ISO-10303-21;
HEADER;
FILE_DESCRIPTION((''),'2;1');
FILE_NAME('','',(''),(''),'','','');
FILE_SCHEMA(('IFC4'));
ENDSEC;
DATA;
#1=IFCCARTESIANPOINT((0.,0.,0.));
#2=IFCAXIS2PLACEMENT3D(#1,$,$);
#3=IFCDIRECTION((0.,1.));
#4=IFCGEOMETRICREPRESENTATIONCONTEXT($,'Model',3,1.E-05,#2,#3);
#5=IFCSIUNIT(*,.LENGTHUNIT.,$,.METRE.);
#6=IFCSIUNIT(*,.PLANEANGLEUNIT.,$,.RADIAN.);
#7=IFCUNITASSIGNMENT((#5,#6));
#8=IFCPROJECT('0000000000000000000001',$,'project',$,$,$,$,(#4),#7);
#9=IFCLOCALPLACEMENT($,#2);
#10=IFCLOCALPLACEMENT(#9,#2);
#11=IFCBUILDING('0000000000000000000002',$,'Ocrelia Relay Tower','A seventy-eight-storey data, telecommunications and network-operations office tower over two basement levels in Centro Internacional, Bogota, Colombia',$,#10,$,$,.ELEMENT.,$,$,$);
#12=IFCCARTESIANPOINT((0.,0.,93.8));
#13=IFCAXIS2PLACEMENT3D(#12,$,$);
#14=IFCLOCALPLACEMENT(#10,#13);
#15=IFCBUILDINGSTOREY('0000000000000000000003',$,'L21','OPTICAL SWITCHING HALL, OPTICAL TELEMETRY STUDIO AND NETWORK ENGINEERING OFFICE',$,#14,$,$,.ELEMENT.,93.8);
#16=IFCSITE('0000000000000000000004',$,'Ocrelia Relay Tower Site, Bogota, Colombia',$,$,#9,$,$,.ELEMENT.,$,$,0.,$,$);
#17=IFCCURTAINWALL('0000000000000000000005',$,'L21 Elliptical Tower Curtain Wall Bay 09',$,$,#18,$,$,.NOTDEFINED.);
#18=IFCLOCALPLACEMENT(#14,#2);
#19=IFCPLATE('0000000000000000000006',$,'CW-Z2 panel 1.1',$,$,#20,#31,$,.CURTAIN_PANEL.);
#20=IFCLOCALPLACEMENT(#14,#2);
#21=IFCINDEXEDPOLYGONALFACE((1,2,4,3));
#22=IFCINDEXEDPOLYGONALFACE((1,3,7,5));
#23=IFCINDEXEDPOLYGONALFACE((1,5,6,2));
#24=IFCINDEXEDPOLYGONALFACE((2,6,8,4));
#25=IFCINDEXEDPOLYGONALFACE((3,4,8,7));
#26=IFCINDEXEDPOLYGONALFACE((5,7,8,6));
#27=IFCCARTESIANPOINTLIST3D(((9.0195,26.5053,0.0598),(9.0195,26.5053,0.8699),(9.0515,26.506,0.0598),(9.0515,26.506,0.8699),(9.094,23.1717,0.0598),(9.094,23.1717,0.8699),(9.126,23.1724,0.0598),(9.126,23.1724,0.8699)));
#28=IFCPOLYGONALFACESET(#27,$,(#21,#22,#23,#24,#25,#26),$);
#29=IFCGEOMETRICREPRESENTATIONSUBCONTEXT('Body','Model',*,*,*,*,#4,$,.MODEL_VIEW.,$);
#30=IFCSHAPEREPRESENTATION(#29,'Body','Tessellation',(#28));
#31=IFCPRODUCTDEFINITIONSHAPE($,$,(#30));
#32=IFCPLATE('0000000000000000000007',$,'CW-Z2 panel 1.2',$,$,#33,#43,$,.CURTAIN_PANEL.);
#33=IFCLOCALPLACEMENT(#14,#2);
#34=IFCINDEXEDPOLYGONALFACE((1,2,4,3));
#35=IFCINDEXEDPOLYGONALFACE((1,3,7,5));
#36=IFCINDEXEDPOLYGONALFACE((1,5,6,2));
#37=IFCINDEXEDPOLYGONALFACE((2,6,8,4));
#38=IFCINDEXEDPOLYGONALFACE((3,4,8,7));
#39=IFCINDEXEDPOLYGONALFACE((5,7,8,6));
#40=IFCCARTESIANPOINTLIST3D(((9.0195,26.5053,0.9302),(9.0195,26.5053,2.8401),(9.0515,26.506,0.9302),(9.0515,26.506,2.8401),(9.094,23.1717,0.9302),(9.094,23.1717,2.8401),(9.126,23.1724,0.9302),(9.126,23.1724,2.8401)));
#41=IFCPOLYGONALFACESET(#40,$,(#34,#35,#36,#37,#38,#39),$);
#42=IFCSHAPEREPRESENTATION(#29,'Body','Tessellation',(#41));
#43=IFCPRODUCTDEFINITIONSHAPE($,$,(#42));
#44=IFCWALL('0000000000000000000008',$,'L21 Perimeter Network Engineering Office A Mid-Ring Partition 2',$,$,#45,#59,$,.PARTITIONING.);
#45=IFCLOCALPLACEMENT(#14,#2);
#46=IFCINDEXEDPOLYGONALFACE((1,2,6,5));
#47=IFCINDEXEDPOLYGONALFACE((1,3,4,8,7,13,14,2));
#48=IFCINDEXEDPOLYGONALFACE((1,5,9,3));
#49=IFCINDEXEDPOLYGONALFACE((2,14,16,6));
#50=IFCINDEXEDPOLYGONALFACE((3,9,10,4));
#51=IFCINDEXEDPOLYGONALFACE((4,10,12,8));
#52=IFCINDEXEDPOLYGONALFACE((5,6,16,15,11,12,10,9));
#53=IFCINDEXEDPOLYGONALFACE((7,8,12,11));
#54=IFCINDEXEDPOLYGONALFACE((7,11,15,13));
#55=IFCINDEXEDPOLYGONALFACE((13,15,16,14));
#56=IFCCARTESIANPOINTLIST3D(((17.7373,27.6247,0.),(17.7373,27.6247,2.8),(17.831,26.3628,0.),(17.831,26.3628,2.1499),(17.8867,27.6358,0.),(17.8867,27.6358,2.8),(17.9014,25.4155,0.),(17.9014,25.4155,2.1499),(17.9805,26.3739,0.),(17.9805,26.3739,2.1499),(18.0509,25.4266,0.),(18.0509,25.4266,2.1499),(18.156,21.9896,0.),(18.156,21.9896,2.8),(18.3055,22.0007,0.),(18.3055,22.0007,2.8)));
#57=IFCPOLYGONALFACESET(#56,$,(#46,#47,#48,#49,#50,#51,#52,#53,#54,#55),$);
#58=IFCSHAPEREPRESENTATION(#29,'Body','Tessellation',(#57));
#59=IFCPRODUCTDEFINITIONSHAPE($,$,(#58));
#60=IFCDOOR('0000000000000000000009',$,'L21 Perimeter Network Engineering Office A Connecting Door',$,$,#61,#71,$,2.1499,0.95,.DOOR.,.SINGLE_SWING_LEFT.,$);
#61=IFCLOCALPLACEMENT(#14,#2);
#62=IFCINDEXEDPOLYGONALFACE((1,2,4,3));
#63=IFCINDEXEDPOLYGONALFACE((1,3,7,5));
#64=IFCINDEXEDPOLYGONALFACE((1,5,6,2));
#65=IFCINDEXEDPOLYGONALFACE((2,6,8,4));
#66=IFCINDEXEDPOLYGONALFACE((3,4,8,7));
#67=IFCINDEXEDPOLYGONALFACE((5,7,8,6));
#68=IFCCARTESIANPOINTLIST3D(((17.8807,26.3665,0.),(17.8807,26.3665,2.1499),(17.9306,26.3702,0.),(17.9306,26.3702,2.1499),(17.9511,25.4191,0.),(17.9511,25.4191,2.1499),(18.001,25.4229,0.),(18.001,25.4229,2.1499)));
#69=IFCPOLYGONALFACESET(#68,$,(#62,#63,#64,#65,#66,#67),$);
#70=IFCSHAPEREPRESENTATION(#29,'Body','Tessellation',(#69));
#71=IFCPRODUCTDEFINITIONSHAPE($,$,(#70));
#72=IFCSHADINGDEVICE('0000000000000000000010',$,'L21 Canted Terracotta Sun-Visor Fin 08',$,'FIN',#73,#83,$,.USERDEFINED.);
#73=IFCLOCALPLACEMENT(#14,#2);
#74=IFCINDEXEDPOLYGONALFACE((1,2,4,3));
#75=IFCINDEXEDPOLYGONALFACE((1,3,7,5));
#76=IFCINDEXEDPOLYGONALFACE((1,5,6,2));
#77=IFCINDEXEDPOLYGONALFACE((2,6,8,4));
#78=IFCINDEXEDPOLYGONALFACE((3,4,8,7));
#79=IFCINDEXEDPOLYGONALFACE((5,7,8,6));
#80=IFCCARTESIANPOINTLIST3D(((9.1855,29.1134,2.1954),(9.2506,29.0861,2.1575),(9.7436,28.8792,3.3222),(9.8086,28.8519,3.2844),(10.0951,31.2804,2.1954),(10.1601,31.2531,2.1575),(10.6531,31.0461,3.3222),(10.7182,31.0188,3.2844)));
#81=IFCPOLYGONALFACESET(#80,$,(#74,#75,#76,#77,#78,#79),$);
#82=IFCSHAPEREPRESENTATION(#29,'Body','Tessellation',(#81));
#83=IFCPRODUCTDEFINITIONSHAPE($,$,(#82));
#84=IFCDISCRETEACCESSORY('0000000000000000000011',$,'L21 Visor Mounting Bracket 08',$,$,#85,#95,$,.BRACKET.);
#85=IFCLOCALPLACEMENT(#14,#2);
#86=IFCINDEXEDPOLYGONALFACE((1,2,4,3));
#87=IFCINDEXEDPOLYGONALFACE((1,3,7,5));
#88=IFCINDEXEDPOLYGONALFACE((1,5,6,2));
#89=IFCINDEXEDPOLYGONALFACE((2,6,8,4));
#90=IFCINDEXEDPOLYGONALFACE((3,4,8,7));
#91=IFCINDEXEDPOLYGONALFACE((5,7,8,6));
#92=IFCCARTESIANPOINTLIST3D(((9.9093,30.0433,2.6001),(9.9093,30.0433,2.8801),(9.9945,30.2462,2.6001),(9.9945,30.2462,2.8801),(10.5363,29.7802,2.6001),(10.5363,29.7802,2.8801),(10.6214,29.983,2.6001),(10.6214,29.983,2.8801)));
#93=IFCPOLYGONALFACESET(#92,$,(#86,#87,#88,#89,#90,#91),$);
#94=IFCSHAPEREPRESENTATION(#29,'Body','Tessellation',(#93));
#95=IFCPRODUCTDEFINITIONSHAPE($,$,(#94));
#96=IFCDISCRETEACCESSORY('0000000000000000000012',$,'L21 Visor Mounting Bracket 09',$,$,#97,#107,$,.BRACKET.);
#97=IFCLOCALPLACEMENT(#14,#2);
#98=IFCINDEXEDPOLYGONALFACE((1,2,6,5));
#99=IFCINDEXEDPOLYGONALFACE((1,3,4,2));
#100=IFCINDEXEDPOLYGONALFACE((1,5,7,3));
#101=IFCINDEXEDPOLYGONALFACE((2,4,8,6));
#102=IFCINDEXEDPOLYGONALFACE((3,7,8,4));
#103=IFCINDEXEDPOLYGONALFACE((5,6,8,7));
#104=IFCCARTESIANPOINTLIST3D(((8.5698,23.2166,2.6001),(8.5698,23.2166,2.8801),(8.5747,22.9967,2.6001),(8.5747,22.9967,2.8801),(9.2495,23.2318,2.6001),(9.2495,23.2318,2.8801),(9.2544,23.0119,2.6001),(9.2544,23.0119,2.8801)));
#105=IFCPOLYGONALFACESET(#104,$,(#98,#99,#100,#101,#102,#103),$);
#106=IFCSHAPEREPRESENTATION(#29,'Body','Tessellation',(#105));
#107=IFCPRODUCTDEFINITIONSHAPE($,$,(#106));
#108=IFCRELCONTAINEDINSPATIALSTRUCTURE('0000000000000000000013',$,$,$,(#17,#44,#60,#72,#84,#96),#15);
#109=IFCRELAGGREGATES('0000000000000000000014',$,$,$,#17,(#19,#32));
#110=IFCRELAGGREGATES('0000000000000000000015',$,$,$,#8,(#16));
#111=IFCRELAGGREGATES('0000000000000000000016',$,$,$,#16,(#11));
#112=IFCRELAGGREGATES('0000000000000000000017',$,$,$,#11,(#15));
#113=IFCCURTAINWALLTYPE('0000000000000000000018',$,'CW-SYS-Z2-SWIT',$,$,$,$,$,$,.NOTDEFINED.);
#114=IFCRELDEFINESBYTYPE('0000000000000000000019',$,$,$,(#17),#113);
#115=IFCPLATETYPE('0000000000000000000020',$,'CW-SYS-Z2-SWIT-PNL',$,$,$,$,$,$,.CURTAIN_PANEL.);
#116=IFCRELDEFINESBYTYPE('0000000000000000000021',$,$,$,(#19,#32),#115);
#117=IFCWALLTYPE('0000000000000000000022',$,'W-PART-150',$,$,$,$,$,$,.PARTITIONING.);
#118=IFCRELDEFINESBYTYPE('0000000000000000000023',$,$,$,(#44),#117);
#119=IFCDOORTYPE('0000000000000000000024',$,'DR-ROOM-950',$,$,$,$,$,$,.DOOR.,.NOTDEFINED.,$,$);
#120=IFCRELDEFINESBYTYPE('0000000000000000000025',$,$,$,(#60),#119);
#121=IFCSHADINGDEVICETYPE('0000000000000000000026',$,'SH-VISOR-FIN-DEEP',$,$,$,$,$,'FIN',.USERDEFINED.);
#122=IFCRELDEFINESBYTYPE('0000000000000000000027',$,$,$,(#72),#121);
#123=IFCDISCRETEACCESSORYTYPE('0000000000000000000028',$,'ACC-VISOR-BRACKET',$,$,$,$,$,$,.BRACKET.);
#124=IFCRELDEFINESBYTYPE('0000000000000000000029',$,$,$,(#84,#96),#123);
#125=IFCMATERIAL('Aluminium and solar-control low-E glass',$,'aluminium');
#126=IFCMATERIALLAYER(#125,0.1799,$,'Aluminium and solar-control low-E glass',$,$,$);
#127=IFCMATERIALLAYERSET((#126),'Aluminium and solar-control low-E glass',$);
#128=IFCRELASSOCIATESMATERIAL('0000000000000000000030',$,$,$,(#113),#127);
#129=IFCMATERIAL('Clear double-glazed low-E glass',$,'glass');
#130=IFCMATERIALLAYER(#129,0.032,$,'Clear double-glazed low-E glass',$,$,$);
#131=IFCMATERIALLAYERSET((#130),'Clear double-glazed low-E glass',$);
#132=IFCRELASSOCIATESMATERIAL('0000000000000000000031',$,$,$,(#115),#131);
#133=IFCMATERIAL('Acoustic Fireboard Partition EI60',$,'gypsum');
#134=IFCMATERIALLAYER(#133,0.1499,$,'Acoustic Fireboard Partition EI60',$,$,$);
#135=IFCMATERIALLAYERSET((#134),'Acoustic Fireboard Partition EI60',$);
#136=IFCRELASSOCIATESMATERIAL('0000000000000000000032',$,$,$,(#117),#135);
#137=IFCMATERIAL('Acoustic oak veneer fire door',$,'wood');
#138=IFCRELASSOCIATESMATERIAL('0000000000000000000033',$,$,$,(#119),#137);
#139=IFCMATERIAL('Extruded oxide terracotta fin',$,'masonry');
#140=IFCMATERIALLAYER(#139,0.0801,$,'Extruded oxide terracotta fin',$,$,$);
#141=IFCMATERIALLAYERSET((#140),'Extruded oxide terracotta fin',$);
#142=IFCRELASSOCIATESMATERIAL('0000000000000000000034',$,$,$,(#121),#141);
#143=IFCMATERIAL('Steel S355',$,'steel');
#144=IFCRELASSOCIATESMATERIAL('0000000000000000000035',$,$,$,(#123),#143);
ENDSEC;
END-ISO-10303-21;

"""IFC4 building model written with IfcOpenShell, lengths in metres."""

from ifc_helpers import new_model, si_unit, direction, frame, frame_2d, origin, origin_2d, place, context, subcontext, project, spatial, rectangle, extrude, material, layer, layer_set, type_object, element, fill, aggregate, save


model = new_model("IFC4")

# Units and contexts
model_context = context("Model", 3, precision=1e-05, world=origin(), true_north=direction((0.0, 1.0)))
body_context = subcontext(model_context, "Body", "Model", "MODEL_VIEW")
ifc_project = project(units=[si_unit("LENGTHUNIT", "METRE"), si_unit("PLANEANGLEUNIT", "RADIAN")], contexts=[model_context])

# Site, building, storey
site_placement = place(None, origin())
site = spatial("IfcSite", under=ifc_project, at=site_placement, Name="Ocrelia Relay Tower Site, Bogota, Colombia", CompositionType="ELEMENT", RefElevation=0.0)
building_placement = place(site_placement, origin())
building = spatial("IfcBuilding", under=site, at=building_placement, Name="Ocrelia Relay Tower", Description="A seventy-eight-storey data, telecommunications and network-operations office tower over two basement levels in Centro Internacional, Bogota, Colombia", CompositionType="ELEMENT")
storey_placement = place(building_placement, frame((0.0, 0.0, 93.8)))
storey = spatial("IfcBuildingStorey", under=building, at=storey_placement, Name="L21", Description="OPTICAL SWITCHING HALL, OPTICAL TELEMETRY STUDIO AND NETWORK ENGINEERING OFFICE", CompositionType="ELEMENT", Elevation=93.8)

# Shared definitions
ifc_material_1 = material(Name="Steel S355", Category="steel")

# Curtain wall, plates
ifc_material_2 = material(Name="Aluminium and solar-control low-E glass", Category="aluminium")
ifc_layer_1 = layer(ifc_material_2, 0.1799, Name="Aluminium and solar-control low-E glass")
ifc_layer_set_1 = layer_set([ifc_layer_1], Name="Aluminium and solar-control low-E glass")
curtain_wall_type = type_object("IfcCurtainWallType", Name="CW-SYS-Z2-SWIT", PredefinedType="NOTDEFINED", material=ifc_layer_set_1)
curtain_wall_placement = place(storey_placement, origin())
curtain_wall = element("IfcCurtainWall", 1, at=curtain_wall_placement, inside=storey, type_object=curtain_wall_type, Name="L21 Elliptical Tower Curtain Wall Bay 09", PredefinedType="NOTDEFINED")
ifc_material_3 = material(Name="Clear double-glazed low-E glass", Category="glass")
ifc_layer_2 = layer(ifc_material_3, 0.032, Name="Clear double-glazed low-E glass")
ifc_layer_set_2 = layer_set([ifc_layer_2], Name="Clear double-glazed low-E glass")
plate_type = type_object("IfcPlateType", Name="CW-SYS-Z2-SWIT-PNL", PredefinedType="CURTAIN_PANEL", material=ifc_layer_set_2)
plate_1_placement = place(storey_placement, frame((9.0728, 24.8389, 0.0598), z_axis=(0.0, 0.0, 1.0), x_axis=(0.022358, -0.99975, 0.0)))
plate_1 = element("IfcPlate", 2, at=plate_1_placement, type_object=plate_type, Name="CW-Z2 panel 1.1", PredefinedType="CURTAIN_PANEL", context=body_context, shape_type="SweptSolid", body=[
    extrude(rectangle(XDim=3.3345, YDim=0.032, at=origin_2d()), origin(), (0.0, 0.0, 1.0), 0.8101),
])
plate_2_placement = place(storey_placement, frame((9.0728, 24.8389, 0.9302), z_axis=(0.0, 0.0, 1.0), x_axis=(0.022358, -0.99975, 0.0)))
plate_2 = element("IfcPlate", 3, at=plate_2_placement, type_object=plate_type, Name="CW-Z2 panel 1.2", PredefinedType="CURTAIN_PANEL", context=body_context, shape_type="SweptSolid", body=[
    extrude(rectangle(XDim=3.3345, YDim=0.032, at=origin_2d()), origin(), (0.0, 0.0, 1.0), 1.9099),
])
aggregate(curtain_wall, [plate_1, plate_2])

# Wall, opening, door
ifc_material_4 = material(Name="Acoustic oak veneer fire door", Category="wood")
ifc_material_5 = material(Name="Acoustic Fireboard Partition EI60", Category="gypsum")
ifc_layer_3 = layer(ifc_material_5, 0.1499, Name="Acoustic Fireboard Partition EI60")
ifc_layer_set_3 = layer_set([ifc_layer_3], Name="Acoustic Fireboard Partition EI60")
wall_type_1 = type_object("IfcWallType", Name="W-PART-150", PredefinedType="PARTITIONING", material=ifc_layer_set_3)
wall_1_placement = place(storey_placement, frame((17.812, 27.6301, 0.0), z_axis=(0.0, 0.0, 1.0), x_axis=(0.074099, -0.997251, 0.0)))
wall_1 = element("IfcWall", 4, at=wall_1_placement, inside=storey, type_object=wall_type_1, Name="L21 Perimeter Network Engineering Office A Mid-Ring Partition 2", PredefinedType="PARTITIONING", context=body_context, shape_type="SweptSolid", body=[
    extrude(rectangle(XDim=5.6506, YDim=0.1499, at=frame_2d((2.8252, 0.0))), origin(), (0.0, 0.0, 1.0), 2.8),
])
opening_1_placement = place(wall_1_placement, frame((1.2651, 0.0, 0.0)))
opening_1 = element("IfcOpeningElement", 5, at=opening_1_placement, cuts=wall_1, PredefinedType="OPENING", context=body_context, shape_type="SweptSolid", body=[
    extrude(rectangle(XDim=0.95, YDim=2.1499, at=frame_2d((0.4751, 1.075))), frame((0.0, 0.085, 0.0), z_axis=(0.0, -1.0, 0.0), x_axis=(1.0, 0.0, 0.0)), (0.0, 0.0, 1.0), 0.1699),
])
door_type_1 = type_object("IfcDoorType", Name="DR-ROOM-950", OperationType="NOTDEFINED", PredefinedType="DOOR", material=ifc_material_4)
door_1_placement = place(opening_1_placement, origin())
door_1 = element("IfcDoor", 6, at=door_1_placement, inside=storey, type_object=door_type_1, Name="L21 Perimeter Network Engineering Office A Connecting Door", OperationType="SINGLE_SWING_LEFT", OverallHeight=2.1499, OverallWidth=0.95, PredefinedType="DOOR", context=body_context, shape_type="SweptSolid", body=[
    extrude(rectangle(XDim=0.95, YDim=2.1499, at=frame_2d((0.4751, 1.075))), frame((0.0, 0.0249, 0.0), z_axis=(0.0, -1.0, 0.0), x_axis=(1.0, 0.0, 0.0)), (0.0, 0.0, 1.0), 0.05),
])
fill(opening_1, door_1)

# Shading device
ifc_material_6 = material(Name="Extruded oxide terracotta fin", Category="masonry")
ifc_layer_4 = layer(ifc_material_6, 0.0801, Name="Extruded oxide terracotta fin")
ifc_layer_set_4 = layer_set([ifc_layer_4], Name="Extruded oxide terracotta fin")
shading_device_type = type_object("IfcShadingDeviceType", Name="SH-VISOR-FIN-DEEP", ElementType="FIN", PredefinedType="USERDEFINED", material=ifc_layer_set_4)
shading_device_placement = place(storey_placement, frame((9.9844, 30.0525, 2.7209), z_axis=(-0.812315, 0.340967, 0.473166), x_axis=(-0.387035, -0.922065, 0.0)))
element("IfcShadingDevice", 7, at=shading_device_placement, inside=storey, type_object=shading_device_type, Name="L21 Canted Terracotta Sun-Visor Fin 08", ObjectType="FIN", PredefinedType="USERDEFINED", context=body_context, shape_type="SweptSolid", body=[
    extrude(rectangle(XDim=2.3501, YDim=1.2791, at=origin_2d()), origin(), (0.0, 0.0, 1.0), 0.0801),
])

# Discrete accessories
discrete_accessory_type = type_object("IfcDiscreteAccessoryType", Name="ACC-VISOR-BRACKET", PredefinedType="BRACKET", material=ifc_material_1)
for number, where, z_axis, x_axis, name in (
    (8, (10.2654, 30.0132, 2.6001), (0.0, 0.0, 1.0), (-0.387035, -0.922065, 0.0), "L21 Visor Mounting Bracket 08"),
    (9, (8.9121, 23.1143, 2.6001), (0.0, 0.0, 1.0), (0.022358, -0.99975, 0.0), "L21 Visor Mounting Bracket 09"),
):
    element("IfcDiscreteAccessory", number, at=place(storey_placement, frame(where, z_axis=z_axis, x_axis=x_axis)), inside=storey, type_object=discrete_accessory_type, Name=name, PredefinedType="BRACKET", context=body_context, shape_type="SweptSolid", body=[
        extrude(rectangle(XDim=0.22, YDim=0.6799, at=origin_2d()), origin(), (0.0, 0.0, 1.0), 0.28),
    ])

save(model, "model.ifc")
